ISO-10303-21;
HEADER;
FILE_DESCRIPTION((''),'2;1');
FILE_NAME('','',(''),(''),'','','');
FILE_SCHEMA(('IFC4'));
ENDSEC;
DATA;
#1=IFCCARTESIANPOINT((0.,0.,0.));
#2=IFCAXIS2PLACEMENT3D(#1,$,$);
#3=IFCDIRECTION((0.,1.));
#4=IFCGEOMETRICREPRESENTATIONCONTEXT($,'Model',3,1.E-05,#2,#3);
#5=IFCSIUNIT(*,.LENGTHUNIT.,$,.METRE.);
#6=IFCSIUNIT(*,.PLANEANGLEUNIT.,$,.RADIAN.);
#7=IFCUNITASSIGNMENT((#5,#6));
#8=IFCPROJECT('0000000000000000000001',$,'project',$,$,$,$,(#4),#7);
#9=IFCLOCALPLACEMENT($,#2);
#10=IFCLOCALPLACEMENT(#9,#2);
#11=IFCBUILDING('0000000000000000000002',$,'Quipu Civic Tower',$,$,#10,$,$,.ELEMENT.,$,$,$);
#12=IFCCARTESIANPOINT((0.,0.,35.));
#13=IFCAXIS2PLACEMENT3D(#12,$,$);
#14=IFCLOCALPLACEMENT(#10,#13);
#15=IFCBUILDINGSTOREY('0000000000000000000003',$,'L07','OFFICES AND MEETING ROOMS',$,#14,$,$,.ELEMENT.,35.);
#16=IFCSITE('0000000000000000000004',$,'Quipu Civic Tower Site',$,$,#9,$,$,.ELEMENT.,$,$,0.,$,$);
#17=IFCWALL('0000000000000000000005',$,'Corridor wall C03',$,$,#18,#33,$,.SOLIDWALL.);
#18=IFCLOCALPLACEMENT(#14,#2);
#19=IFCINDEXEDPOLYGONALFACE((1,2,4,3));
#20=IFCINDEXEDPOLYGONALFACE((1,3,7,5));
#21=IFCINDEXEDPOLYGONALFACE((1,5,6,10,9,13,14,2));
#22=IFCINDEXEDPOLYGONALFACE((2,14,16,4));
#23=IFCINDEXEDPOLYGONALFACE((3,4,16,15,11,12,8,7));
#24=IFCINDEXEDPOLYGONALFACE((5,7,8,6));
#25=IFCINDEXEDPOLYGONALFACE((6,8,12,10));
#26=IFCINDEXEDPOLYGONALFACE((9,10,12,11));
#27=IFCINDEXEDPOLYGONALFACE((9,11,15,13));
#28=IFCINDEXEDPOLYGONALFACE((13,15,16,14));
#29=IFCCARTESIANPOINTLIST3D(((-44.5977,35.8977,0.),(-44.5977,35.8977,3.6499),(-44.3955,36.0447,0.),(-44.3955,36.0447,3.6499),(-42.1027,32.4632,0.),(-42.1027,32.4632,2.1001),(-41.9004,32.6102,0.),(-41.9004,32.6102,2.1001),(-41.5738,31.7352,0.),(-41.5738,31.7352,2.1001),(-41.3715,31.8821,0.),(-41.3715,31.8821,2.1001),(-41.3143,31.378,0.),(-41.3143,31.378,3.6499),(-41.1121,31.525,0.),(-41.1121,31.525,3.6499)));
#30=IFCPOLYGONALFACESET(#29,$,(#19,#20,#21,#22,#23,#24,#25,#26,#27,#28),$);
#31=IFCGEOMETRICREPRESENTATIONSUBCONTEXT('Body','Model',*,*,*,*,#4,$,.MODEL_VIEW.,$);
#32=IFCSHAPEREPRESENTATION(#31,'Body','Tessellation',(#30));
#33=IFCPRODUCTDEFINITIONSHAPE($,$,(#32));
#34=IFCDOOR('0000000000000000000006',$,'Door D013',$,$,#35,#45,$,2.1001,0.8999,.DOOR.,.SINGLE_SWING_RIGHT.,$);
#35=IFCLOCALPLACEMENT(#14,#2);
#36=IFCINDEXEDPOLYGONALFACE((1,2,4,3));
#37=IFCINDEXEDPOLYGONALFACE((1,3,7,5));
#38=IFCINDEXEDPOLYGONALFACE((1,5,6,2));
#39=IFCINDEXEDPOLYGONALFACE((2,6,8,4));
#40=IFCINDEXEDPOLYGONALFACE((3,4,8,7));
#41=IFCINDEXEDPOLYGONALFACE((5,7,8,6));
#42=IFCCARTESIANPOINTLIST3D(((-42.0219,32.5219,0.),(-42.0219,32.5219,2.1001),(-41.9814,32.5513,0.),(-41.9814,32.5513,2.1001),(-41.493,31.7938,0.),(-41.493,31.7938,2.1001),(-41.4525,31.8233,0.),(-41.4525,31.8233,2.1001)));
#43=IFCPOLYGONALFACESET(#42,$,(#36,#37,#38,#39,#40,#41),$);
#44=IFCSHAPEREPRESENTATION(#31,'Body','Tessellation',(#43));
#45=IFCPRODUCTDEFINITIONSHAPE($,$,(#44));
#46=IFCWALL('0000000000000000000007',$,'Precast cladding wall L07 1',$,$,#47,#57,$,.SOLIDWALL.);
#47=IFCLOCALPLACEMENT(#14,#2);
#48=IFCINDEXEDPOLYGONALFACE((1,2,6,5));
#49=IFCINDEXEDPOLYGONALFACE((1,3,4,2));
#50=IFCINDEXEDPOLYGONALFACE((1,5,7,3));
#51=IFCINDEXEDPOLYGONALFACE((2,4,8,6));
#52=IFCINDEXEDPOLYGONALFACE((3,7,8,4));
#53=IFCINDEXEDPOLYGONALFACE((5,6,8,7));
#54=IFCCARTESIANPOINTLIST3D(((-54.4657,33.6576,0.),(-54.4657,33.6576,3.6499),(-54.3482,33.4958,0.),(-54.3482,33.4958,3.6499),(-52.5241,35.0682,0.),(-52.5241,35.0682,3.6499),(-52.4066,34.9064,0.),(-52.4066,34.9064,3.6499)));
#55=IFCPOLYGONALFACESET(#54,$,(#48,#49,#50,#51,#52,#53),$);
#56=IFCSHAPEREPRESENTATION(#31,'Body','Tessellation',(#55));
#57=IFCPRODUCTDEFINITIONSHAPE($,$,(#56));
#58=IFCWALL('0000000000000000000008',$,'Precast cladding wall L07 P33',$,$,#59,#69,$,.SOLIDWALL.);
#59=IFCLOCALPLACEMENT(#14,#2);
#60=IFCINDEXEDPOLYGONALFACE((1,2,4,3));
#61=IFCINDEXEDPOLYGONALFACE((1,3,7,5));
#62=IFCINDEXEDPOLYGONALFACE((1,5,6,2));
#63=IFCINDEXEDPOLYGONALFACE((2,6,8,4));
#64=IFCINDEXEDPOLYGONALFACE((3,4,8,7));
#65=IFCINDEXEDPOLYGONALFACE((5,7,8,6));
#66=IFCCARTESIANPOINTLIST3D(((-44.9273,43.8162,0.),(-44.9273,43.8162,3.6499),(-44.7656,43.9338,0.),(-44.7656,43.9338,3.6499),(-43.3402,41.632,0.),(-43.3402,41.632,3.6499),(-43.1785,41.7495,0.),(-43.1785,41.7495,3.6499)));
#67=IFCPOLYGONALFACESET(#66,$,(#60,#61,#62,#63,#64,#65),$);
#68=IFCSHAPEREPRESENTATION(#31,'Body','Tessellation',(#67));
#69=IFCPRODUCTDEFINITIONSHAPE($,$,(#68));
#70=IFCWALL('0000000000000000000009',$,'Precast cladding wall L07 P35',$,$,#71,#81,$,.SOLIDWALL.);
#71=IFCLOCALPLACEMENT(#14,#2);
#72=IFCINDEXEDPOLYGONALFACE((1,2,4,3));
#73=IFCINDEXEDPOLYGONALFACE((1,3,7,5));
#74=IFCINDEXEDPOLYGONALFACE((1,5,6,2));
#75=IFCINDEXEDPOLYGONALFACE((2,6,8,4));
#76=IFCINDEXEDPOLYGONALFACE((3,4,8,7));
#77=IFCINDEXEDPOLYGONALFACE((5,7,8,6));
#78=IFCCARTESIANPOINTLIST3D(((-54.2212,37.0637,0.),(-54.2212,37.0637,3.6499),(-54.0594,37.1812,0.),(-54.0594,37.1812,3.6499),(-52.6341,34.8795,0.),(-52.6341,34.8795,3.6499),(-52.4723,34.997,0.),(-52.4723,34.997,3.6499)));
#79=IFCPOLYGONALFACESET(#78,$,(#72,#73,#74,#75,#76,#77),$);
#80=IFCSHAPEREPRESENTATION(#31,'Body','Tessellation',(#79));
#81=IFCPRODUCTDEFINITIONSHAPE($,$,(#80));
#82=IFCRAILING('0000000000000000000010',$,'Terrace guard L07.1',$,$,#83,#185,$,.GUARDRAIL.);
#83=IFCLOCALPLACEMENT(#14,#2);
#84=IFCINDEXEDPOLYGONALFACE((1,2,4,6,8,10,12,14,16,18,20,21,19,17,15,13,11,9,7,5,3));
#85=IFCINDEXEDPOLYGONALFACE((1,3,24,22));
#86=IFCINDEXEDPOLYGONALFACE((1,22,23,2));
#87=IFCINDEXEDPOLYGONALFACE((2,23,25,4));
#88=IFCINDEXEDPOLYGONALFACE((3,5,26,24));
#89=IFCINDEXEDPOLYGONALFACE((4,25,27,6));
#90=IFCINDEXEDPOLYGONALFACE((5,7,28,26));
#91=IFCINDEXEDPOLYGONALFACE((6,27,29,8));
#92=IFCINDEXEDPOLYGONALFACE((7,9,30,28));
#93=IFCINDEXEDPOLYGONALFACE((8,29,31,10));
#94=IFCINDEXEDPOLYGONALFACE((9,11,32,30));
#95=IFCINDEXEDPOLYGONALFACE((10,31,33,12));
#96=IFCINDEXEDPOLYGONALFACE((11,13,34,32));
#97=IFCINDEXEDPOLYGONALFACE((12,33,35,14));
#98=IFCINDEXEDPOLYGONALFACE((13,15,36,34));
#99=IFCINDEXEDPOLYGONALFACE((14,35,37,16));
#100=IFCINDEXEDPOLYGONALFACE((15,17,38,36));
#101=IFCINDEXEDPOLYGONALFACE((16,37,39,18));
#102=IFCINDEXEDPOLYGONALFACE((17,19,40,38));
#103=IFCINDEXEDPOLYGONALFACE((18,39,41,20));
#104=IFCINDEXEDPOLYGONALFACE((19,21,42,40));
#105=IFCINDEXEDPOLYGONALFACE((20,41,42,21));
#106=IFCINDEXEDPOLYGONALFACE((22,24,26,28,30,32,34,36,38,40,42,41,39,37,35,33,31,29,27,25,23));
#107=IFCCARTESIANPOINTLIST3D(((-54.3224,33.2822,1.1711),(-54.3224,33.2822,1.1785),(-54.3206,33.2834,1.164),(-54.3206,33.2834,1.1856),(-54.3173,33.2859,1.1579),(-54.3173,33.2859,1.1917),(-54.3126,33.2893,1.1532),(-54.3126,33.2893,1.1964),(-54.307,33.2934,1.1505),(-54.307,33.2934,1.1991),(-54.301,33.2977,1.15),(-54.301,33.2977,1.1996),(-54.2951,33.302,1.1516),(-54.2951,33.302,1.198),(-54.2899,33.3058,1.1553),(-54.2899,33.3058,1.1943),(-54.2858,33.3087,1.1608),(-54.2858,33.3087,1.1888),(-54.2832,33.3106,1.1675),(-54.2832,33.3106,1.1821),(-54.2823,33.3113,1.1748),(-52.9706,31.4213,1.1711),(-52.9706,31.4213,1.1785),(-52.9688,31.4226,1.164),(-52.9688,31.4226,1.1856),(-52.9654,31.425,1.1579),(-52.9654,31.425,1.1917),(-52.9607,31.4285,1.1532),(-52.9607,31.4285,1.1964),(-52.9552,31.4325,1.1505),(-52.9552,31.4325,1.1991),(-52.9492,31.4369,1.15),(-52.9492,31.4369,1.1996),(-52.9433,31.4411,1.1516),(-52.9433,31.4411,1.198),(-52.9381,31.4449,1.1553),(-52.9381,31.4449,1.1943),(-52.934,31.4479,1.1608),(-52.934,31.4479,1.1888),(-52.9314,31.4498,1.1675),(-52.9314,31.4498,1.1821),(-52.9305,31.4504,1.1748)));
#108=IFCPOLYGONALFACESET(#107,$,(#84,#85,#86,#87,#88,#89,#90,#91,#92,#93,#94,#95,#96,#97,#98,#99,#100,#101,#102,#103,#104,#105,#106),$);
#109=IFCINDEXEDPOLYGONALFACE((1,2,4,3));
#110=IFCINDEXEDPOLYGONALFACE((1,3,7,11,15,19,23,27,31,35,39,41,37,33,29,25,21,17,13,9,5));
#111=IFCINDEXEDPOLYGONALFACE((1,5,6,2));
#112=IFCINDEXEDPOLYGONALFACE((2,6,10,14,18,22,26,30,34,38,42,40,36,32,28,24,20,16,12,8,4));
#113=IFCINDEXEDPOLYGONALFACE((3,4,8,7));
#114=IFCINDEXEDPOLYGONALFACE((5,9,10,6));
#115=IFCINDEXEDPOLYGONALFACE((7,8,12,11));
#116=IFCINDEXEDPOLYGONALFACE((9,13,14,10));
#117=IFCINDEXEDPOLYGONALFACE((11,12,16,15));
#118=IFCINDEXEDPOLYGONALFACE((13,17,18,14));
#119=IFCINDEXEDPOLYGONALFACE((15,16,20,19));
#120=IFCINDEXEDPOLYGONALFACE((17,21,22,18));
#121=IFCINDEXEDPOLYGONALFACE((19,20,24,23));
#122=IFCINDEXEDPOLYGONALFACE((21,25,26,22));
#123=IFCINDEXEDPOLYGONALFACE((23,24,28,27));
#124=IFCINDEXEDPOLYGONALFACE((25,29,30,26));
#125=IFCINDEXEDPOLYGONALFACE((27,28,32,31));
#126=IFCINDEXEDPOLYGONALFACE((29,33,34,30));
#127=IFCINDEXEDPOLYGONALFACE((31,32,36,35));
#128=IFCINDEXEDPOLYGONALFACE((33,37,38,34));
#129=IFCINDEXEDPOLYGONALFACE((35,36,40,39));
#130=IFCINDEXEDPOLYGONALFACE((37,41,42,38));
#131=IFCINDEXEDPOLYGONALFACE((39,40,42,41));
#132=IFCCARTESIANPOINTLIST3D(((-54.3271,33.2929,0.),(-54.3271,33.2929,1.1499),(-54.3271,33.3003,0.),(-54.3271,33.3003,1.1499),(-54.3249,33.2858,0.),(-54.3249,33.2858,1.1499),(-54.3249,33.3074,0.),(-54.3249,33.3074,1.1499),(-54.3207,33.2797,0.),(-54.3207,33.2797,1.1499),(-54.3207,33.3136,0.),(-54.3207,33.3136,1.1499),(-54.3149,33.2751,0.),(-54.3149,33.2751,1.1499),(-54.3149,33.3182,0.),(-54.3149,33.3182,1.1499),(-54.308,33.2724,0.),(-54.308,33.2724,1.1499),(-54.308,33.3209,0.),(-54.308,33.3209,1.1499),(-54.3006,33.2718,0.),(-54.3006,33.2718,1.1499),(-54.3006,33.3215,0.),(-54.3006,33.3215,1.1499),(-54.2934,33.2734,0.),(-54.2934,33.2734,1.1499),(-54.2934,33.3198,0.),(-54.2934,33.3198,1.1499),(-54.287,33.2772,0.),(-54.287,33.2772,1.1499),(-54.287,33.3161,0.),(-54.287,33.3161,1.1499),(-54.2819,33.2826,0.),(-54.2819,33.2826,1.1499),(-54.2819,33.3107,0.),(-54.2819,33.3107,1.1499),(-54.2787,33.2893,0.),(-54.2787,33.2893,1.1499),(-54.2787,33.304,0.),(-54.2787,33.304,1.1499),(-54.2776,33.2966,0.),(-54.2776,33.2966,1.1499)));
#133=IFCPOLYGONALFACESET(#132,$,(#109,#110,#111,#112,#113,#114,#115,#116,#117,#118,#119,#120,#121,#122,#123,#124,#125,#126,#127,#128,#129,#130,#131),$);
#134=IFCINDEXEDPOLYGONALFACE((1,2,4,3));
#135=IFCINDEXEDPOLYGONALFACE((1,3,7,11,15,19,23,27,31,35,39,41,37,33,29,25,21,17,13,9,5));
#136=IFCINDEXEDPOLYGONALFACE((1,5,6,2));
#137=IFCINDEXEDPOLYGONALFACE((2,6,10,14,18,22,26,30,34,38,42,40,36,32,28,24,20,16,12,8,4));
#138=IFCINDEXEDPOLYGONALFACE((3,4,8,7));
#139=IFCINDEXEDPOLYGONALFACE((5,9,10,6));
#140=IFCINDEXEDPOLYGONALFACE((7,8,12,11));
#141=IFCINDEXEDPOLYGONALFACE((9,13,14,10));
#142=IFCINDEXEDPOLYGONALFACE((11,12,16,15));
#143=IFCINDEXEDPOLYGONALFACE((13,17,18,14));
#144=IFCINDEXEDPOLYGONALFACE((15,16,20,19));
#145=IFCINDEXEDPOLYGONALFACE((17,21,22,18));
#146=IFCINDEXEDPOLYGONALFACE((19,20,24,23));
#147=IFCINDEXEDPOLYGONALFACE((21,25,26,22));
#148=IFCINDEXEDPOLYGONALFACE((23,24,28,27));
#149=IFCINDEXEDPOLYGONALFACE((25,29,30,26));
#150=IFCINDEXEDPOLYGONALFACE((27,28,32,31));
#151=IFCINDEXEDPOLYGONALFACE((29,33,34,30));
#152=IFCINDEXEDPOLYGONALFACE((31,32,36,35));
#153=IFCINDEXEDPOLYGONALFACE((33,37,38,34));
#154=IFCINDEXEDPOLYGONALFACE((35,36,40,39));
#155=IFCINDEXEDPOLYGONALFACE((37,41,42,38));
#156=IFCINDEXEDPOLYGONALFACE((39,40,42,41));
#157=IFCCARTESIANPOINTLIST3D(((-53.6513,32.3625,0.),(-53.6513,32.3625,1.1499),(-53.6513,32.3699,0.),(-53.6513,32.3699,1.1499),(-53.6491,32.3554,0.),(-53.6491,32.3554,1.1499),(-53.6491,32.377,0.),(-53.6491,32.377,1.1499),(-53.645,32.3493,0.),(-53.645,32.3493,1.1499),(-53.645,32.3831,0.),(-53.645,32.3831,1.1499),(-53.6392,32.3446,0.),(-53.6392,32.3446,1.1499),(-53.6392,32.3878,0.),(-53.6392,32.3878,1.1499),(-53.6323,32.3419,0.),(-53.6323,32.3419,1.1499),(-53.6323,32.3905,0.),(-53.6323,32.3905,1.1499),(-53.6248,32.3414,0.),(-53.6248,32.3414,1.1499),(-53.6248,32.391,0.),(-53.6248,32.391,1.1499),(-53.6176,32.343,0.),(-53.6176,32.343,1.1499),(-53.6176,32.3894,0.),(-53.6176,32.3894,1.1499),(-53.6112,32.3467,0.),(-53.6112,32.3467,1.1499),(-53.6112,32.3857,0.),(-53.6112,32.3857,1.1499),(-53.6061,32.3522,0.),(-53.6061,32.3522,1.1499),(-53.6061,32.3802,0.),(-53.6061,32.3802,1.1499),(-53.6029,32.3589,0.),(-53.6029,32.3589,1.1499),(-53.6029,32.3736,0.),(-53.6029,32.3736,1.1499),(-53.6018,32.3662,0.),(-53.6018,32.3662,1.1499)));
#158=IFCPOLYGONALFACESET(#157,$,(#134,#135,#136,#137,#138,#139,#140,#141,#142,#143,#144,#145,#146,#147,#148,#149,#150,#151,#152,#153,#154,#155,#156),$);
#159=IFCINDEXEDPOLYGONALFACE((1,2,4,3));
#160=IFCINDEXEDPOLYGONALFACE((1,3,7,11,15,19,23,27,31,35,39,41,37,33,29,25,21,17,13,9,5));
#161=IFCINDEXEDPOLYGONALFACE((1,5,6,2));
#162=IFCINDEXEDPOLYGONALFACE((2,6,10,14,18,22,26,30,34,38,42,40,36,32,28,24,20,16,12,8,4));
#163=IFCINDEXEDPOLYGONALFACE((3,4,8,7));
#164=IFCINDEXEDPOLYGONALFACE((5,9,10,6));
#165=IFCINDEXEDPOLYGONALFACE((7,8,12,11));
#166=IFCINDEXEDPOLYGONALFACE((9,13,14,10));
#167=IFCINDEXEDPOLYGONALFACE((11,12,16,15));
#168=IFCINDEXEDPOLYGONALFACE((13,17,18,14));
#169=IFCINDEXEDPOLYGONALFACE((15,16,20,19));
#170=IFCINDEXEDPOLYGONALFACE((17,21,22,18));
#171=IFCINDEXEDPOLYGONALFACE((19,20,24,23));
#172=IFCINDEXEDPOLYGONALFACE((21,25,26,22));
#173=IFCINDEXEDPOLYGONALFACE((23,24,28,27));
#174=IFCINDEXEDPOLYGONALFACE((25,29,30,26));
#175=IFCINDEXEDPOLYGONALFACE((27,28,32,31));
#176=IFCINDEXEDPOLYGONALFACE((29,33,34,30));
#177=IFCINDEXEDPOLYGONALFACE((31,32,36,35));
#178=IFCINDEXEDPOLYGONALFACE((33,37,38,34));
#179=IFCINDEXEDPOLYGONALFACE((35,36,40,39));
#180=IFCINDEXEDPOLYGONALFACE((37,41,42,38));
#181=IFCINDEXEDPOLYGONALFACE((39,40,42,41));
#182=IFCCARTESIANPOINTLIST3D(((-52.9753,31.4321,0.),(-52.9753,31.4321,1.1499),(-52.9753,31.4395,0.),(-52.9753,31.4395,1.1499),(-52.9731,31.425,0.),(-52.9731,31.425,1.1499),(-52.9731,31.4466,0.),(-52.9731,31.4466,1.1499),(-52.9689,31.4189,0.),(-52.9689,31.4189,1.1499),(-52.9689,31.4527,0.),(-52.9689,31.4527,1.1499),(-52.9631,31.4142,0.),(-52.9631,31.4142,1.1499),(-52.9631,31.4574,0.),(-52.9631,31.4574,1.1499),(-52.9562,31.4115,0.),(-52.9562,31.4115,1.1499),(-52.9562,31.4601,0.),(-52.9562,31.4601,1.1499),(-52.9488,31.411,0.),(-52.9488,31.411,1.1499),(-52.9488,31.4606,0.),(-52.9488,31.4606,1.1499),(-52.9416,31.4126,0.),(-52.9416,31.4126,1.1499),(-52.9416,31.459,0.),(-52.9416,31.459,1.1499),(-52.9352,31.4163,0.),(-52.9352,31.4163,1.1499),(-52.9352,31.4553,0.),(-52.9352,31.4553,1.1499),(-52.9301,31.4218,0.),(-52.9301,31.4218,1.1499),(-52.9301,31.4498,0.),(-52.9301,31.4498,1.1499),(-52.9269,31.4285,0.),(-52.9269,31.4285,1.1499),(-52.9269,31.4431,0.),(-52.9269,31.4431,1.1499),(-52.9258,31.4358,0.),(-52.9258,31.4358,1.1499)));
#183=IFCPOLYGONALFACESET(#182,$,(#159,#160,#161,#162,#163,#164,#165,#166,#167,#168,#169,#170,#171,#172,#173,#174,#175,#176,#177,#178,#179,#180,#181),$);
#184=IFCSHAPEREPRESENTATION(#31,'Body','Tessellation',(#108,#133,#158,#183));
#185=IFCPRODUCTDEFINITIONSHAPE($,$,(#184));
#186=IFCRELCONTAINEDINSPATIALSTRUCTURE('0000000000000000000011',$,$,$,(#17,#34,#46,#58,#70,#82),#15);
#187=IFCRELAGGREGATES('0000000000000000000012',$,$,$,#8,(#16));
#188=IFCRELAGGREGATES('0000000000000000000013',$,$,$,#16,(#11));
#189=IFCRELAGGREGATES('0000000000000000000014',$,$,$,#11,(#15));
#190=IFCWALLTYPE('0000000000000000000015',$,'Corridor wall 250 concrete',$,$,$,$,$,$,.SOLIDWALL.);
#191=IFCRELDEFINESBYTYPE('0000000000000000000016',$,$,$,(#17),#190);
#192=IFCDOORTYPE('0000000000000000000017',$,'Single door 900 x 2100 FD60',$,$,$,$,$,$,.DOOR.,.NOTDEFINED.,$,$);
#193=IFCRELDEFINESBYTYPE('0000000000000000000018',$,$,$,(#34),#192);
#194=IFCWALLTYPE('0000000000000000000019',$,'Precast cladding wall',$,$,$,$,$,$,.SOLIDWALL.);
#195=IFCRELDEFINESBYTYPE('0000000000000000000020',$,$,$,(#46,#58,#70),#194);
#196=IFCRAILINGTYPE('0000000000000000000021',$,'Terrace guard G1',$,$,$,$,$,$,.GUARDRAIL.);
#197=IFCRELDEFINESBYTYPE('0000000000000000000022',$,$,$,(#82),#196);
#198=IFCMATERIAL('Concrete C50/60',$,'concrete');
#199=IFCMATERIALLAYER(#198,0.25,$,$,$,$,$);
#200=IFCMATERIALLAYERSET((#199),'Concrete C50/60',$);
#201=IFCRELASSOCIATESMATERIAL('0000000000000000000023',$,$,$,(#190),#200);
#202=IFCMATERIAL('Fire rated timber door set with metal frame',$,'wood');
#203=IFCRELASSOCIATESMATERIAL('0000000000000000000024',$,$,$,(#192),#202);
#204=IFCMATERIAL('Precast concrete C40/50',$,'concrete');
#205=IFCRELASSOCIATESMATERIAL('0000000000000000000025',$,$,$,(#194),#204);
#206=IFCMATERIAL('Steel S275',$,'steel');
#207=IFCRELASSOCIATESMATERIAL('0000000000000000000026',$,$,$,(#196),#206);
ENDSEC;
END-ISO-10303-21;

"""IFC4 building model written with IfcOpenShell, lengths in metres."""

from ifc_helpers import new_model, si_unit, direction, frame, frame_2d, origin, origin_2d, place, context, subcontext, project, spatial, rectangle, circle, extrude, material, layer, layer_set, type_object, element, fill, save


model = new_model("IFC4")

# Units and contexts
model_context = context("Model", 3, precision=1e-05, world=origin(), true_north=direction((0.0, 1.0)))
body_context = subcontext(model_context, "Body", "Model", "MODEL_VIEW")
ifc_project = project(units=[si_unit("LENGTHUNIT", "METRE"), si_unit("PLANEANGLEUNIT", "RADIAN")], contexts=[model_context])

# Site, building, storey
site_placement = place(None, origin())
site = spatial("IfcSite", under=ifc_project, at=site_placement, Name="Quipu Civic Tower Site", CompositionType="ELEMENT", RefElevation=0.0)
building_placement = place(site_placement, origin())
building = spatial("IfcBuilding", under=site, at=building_placement, Name="Quipu Civic Tower", CompositionType="ELEMENT")
storey_placement = place(building_placement, frame((0.0, 0.0, 35.0)))
storey = spatial("IfcBuildingStorey", under=building, at=storey_placement, Name="L07", Description="OFFICES AND MEETING ROOMS", CompositionType="ELEMENT", Elevation=35.0)

# Wall, opening, door
ifc_material_1 = material(Name="Concrete C50/60", Category="concrete")
ifc_layer_1 = layer(ifc_material_1, 0.25)
ifc_layer_set_1 = layer_set([ifc_layer_1], Name="Concrete C50/60")
wall_type_1 = type_object("IfcWallType", Name="Corridor wall 250 concrete", PredefinedType="SOLIDWALL", material=ifc_layer_set_1)
wall_1_placement = place(storey_placement, frame((-44.4966, 35.9712, 0.0), z_axis=(0.0, 0.0, 1.0), x_axis=(0.587743, -0.809048, 0.0)))
wall_1 = element("IfcWall", 1, at=wall_1_placement, inside=storey, type_object=wall_type_1, Name="Corridor wall C03", PredefinedType="SOLIDWALL", context=body_context, shape_type="SweptSolid", body=[
    extrude(rectangle(XDim=5.5864, YDim=0.25, at=frame_2d((2.7932, 0.0))), origin(), (0.0, 0.0, 1.0), 3.6499),
])
opening_1_placement = place(wall_1_placement, frame((4.2451, 0.0, 0.0)))
opening_1 = element("IfcOpeningElement", 2, at=opening_1_placement, cuts=wall_1, PredefinedType="OPENING", context=body_context, shape_type="SweptSolid", body=[
    extrude(rectangle(XDim=0.8999, YDim=2.1001, at=frame_2d((0.45, 1.05))), frame((0.0, 0.135, 0.0), z_axis=(0.0, -1.0, 0.0), x_axis=(1.0, 0.0, 0.0)), (0.0, 0.0, 1.0), 0.27),
])
ifc_material_2 = material(Name="Fire rated timber door set with metal frame", Category="wood")
door_type_1 = type_object("IfcDoorType", Name="Single door 900 x 2100 FD60", OperationType="NOTDEFINED", PredefinedType="DOOR", material=ifc_material_2)
door_1_placement = place(opening_1_placement, origin())
door_1 = element("IfcDoor", 3, at=door_1_placement, inside=storey, type_object=door_type_1, Name="Door D013", OperationType="SINGLE_SWING_RIGHT", OverallHeight=2.1001, OverallWidth=0.8999, PredefinedType="DOOR", context=body_context, shape_type="SweptSolid", body=[
    extrude(rectangle(XDim=0.8999, YDim=2.1001, at=frame_2d((0.45, 1.05))), frame((0.0, 0.0249, 0.0), z_axis=(0.0, -1.0, 0.0), x_axis=(1.0, 0.0, 0.0)), (0.0, 0.0, 1.0), 0.05),
])
fill(opening_1, door_1)

# Walls
ifc_material_3 = material(Name="Precast concrete C40/50", Category="concrete")
wall_type_2 = type_object("IfcWallType", Name="Precast cladding wall", PredefinedType="SOLIDWALL", material=ifc_material_3)
wall_2_placement = place(storey_placement, frame((-52.4653, 34.9873, 0.0), z_axis=(0.0, 0.0, 1.0), x_axis=(-0.809026, -0.587772, 0.0)))
element("IfcWall", 4, at=wall_2_placement, inside=storey, type_object=wall_type_2, Name="Precast cladding wall L07 1", PredefinedType="SOLIDWALL", context=body_context, shape_type="SweptSolid", body=[
    extrude(rectangle(XDim=2.3999, YDim=0.2, at=frame_2d((1.2, 0.0))), origin(), (0.0, 0.0, 1.0), 3.6499),
])
for number, where, z_axis, x_axis, name in (
    (5, (-43.2593, 41.6907, 0.0), (0.0, 0.0, 1.0), (-0.587822, 0.80899, 0.0), "Precast cladding wall L07 P33"),
    (6, (-54.1404, 37.1226, 0.0), (0.0, 0.0, 1.0), (0.587822, -0.80899, 0.0), "Precast cladding wall L07 P35"),
):
    element("IfcWall", number, at=place(storey_placement, frame(where, z_axis=z_axis, x_axis=x_axis)), inside=storey, type_object=wall_type_2, Name=name, PredefinedType="SOLIDWALL", context=body_context, shape_type="SweptSolid", body=[
        extrude(rectangle(XDim=2.7, YDim=0.2, at=frame_2d((1.3501, 0.0))), origin(), (0.0, 0.0, 1.0), 3.6499),
    ])

# Railing
ifc_material_4 = material(Name="Steel S275", Category="steel")
railing_type = type_object("IfcRailingType", Name="Terrace guard G1", PredefinedType="GUARDRAIL", material=ifc_material_4)
railing_placement = place(storey_placement, frame((-54.3025, 33.2966, 0.0)))
element("IfcRailing", 7, at=railing_placement, inside=storey, type_object=railing_type, Name="Terrace guard L07.1", PredefinedType="GUARDRAIL", context=body_context, shape_type="SweptSolid", body=[
    extrude(circle(Radius=0.0249, at=origin_2d()), frame((0.0, 0.0, 1.1748), z_axis=(0.587736, -0.809053, 0.0), x_axis=(0.809053, 0.587736, 0.0)), (0.0, 0.0, 1.0), 2.3),
    extrude(circle(Radius=0.0249, at=origin_2d()), origin(), (0.0, 0.0, 1.0), 1.1499),
    extrude(circle(Radius=0.0249, at=origin_2d()), frame((0.6758, -0.9304, 0.0)), (0.0, 0.0, 1.0), 1.1499),
    extrude(circle(Radius=0.0249, at=origin_2d()), frame((1.3518, -1.8608, 0.0)), (0.0, 0.0, 1.0), 1.1499),
])

save(model, "model.ifc")
